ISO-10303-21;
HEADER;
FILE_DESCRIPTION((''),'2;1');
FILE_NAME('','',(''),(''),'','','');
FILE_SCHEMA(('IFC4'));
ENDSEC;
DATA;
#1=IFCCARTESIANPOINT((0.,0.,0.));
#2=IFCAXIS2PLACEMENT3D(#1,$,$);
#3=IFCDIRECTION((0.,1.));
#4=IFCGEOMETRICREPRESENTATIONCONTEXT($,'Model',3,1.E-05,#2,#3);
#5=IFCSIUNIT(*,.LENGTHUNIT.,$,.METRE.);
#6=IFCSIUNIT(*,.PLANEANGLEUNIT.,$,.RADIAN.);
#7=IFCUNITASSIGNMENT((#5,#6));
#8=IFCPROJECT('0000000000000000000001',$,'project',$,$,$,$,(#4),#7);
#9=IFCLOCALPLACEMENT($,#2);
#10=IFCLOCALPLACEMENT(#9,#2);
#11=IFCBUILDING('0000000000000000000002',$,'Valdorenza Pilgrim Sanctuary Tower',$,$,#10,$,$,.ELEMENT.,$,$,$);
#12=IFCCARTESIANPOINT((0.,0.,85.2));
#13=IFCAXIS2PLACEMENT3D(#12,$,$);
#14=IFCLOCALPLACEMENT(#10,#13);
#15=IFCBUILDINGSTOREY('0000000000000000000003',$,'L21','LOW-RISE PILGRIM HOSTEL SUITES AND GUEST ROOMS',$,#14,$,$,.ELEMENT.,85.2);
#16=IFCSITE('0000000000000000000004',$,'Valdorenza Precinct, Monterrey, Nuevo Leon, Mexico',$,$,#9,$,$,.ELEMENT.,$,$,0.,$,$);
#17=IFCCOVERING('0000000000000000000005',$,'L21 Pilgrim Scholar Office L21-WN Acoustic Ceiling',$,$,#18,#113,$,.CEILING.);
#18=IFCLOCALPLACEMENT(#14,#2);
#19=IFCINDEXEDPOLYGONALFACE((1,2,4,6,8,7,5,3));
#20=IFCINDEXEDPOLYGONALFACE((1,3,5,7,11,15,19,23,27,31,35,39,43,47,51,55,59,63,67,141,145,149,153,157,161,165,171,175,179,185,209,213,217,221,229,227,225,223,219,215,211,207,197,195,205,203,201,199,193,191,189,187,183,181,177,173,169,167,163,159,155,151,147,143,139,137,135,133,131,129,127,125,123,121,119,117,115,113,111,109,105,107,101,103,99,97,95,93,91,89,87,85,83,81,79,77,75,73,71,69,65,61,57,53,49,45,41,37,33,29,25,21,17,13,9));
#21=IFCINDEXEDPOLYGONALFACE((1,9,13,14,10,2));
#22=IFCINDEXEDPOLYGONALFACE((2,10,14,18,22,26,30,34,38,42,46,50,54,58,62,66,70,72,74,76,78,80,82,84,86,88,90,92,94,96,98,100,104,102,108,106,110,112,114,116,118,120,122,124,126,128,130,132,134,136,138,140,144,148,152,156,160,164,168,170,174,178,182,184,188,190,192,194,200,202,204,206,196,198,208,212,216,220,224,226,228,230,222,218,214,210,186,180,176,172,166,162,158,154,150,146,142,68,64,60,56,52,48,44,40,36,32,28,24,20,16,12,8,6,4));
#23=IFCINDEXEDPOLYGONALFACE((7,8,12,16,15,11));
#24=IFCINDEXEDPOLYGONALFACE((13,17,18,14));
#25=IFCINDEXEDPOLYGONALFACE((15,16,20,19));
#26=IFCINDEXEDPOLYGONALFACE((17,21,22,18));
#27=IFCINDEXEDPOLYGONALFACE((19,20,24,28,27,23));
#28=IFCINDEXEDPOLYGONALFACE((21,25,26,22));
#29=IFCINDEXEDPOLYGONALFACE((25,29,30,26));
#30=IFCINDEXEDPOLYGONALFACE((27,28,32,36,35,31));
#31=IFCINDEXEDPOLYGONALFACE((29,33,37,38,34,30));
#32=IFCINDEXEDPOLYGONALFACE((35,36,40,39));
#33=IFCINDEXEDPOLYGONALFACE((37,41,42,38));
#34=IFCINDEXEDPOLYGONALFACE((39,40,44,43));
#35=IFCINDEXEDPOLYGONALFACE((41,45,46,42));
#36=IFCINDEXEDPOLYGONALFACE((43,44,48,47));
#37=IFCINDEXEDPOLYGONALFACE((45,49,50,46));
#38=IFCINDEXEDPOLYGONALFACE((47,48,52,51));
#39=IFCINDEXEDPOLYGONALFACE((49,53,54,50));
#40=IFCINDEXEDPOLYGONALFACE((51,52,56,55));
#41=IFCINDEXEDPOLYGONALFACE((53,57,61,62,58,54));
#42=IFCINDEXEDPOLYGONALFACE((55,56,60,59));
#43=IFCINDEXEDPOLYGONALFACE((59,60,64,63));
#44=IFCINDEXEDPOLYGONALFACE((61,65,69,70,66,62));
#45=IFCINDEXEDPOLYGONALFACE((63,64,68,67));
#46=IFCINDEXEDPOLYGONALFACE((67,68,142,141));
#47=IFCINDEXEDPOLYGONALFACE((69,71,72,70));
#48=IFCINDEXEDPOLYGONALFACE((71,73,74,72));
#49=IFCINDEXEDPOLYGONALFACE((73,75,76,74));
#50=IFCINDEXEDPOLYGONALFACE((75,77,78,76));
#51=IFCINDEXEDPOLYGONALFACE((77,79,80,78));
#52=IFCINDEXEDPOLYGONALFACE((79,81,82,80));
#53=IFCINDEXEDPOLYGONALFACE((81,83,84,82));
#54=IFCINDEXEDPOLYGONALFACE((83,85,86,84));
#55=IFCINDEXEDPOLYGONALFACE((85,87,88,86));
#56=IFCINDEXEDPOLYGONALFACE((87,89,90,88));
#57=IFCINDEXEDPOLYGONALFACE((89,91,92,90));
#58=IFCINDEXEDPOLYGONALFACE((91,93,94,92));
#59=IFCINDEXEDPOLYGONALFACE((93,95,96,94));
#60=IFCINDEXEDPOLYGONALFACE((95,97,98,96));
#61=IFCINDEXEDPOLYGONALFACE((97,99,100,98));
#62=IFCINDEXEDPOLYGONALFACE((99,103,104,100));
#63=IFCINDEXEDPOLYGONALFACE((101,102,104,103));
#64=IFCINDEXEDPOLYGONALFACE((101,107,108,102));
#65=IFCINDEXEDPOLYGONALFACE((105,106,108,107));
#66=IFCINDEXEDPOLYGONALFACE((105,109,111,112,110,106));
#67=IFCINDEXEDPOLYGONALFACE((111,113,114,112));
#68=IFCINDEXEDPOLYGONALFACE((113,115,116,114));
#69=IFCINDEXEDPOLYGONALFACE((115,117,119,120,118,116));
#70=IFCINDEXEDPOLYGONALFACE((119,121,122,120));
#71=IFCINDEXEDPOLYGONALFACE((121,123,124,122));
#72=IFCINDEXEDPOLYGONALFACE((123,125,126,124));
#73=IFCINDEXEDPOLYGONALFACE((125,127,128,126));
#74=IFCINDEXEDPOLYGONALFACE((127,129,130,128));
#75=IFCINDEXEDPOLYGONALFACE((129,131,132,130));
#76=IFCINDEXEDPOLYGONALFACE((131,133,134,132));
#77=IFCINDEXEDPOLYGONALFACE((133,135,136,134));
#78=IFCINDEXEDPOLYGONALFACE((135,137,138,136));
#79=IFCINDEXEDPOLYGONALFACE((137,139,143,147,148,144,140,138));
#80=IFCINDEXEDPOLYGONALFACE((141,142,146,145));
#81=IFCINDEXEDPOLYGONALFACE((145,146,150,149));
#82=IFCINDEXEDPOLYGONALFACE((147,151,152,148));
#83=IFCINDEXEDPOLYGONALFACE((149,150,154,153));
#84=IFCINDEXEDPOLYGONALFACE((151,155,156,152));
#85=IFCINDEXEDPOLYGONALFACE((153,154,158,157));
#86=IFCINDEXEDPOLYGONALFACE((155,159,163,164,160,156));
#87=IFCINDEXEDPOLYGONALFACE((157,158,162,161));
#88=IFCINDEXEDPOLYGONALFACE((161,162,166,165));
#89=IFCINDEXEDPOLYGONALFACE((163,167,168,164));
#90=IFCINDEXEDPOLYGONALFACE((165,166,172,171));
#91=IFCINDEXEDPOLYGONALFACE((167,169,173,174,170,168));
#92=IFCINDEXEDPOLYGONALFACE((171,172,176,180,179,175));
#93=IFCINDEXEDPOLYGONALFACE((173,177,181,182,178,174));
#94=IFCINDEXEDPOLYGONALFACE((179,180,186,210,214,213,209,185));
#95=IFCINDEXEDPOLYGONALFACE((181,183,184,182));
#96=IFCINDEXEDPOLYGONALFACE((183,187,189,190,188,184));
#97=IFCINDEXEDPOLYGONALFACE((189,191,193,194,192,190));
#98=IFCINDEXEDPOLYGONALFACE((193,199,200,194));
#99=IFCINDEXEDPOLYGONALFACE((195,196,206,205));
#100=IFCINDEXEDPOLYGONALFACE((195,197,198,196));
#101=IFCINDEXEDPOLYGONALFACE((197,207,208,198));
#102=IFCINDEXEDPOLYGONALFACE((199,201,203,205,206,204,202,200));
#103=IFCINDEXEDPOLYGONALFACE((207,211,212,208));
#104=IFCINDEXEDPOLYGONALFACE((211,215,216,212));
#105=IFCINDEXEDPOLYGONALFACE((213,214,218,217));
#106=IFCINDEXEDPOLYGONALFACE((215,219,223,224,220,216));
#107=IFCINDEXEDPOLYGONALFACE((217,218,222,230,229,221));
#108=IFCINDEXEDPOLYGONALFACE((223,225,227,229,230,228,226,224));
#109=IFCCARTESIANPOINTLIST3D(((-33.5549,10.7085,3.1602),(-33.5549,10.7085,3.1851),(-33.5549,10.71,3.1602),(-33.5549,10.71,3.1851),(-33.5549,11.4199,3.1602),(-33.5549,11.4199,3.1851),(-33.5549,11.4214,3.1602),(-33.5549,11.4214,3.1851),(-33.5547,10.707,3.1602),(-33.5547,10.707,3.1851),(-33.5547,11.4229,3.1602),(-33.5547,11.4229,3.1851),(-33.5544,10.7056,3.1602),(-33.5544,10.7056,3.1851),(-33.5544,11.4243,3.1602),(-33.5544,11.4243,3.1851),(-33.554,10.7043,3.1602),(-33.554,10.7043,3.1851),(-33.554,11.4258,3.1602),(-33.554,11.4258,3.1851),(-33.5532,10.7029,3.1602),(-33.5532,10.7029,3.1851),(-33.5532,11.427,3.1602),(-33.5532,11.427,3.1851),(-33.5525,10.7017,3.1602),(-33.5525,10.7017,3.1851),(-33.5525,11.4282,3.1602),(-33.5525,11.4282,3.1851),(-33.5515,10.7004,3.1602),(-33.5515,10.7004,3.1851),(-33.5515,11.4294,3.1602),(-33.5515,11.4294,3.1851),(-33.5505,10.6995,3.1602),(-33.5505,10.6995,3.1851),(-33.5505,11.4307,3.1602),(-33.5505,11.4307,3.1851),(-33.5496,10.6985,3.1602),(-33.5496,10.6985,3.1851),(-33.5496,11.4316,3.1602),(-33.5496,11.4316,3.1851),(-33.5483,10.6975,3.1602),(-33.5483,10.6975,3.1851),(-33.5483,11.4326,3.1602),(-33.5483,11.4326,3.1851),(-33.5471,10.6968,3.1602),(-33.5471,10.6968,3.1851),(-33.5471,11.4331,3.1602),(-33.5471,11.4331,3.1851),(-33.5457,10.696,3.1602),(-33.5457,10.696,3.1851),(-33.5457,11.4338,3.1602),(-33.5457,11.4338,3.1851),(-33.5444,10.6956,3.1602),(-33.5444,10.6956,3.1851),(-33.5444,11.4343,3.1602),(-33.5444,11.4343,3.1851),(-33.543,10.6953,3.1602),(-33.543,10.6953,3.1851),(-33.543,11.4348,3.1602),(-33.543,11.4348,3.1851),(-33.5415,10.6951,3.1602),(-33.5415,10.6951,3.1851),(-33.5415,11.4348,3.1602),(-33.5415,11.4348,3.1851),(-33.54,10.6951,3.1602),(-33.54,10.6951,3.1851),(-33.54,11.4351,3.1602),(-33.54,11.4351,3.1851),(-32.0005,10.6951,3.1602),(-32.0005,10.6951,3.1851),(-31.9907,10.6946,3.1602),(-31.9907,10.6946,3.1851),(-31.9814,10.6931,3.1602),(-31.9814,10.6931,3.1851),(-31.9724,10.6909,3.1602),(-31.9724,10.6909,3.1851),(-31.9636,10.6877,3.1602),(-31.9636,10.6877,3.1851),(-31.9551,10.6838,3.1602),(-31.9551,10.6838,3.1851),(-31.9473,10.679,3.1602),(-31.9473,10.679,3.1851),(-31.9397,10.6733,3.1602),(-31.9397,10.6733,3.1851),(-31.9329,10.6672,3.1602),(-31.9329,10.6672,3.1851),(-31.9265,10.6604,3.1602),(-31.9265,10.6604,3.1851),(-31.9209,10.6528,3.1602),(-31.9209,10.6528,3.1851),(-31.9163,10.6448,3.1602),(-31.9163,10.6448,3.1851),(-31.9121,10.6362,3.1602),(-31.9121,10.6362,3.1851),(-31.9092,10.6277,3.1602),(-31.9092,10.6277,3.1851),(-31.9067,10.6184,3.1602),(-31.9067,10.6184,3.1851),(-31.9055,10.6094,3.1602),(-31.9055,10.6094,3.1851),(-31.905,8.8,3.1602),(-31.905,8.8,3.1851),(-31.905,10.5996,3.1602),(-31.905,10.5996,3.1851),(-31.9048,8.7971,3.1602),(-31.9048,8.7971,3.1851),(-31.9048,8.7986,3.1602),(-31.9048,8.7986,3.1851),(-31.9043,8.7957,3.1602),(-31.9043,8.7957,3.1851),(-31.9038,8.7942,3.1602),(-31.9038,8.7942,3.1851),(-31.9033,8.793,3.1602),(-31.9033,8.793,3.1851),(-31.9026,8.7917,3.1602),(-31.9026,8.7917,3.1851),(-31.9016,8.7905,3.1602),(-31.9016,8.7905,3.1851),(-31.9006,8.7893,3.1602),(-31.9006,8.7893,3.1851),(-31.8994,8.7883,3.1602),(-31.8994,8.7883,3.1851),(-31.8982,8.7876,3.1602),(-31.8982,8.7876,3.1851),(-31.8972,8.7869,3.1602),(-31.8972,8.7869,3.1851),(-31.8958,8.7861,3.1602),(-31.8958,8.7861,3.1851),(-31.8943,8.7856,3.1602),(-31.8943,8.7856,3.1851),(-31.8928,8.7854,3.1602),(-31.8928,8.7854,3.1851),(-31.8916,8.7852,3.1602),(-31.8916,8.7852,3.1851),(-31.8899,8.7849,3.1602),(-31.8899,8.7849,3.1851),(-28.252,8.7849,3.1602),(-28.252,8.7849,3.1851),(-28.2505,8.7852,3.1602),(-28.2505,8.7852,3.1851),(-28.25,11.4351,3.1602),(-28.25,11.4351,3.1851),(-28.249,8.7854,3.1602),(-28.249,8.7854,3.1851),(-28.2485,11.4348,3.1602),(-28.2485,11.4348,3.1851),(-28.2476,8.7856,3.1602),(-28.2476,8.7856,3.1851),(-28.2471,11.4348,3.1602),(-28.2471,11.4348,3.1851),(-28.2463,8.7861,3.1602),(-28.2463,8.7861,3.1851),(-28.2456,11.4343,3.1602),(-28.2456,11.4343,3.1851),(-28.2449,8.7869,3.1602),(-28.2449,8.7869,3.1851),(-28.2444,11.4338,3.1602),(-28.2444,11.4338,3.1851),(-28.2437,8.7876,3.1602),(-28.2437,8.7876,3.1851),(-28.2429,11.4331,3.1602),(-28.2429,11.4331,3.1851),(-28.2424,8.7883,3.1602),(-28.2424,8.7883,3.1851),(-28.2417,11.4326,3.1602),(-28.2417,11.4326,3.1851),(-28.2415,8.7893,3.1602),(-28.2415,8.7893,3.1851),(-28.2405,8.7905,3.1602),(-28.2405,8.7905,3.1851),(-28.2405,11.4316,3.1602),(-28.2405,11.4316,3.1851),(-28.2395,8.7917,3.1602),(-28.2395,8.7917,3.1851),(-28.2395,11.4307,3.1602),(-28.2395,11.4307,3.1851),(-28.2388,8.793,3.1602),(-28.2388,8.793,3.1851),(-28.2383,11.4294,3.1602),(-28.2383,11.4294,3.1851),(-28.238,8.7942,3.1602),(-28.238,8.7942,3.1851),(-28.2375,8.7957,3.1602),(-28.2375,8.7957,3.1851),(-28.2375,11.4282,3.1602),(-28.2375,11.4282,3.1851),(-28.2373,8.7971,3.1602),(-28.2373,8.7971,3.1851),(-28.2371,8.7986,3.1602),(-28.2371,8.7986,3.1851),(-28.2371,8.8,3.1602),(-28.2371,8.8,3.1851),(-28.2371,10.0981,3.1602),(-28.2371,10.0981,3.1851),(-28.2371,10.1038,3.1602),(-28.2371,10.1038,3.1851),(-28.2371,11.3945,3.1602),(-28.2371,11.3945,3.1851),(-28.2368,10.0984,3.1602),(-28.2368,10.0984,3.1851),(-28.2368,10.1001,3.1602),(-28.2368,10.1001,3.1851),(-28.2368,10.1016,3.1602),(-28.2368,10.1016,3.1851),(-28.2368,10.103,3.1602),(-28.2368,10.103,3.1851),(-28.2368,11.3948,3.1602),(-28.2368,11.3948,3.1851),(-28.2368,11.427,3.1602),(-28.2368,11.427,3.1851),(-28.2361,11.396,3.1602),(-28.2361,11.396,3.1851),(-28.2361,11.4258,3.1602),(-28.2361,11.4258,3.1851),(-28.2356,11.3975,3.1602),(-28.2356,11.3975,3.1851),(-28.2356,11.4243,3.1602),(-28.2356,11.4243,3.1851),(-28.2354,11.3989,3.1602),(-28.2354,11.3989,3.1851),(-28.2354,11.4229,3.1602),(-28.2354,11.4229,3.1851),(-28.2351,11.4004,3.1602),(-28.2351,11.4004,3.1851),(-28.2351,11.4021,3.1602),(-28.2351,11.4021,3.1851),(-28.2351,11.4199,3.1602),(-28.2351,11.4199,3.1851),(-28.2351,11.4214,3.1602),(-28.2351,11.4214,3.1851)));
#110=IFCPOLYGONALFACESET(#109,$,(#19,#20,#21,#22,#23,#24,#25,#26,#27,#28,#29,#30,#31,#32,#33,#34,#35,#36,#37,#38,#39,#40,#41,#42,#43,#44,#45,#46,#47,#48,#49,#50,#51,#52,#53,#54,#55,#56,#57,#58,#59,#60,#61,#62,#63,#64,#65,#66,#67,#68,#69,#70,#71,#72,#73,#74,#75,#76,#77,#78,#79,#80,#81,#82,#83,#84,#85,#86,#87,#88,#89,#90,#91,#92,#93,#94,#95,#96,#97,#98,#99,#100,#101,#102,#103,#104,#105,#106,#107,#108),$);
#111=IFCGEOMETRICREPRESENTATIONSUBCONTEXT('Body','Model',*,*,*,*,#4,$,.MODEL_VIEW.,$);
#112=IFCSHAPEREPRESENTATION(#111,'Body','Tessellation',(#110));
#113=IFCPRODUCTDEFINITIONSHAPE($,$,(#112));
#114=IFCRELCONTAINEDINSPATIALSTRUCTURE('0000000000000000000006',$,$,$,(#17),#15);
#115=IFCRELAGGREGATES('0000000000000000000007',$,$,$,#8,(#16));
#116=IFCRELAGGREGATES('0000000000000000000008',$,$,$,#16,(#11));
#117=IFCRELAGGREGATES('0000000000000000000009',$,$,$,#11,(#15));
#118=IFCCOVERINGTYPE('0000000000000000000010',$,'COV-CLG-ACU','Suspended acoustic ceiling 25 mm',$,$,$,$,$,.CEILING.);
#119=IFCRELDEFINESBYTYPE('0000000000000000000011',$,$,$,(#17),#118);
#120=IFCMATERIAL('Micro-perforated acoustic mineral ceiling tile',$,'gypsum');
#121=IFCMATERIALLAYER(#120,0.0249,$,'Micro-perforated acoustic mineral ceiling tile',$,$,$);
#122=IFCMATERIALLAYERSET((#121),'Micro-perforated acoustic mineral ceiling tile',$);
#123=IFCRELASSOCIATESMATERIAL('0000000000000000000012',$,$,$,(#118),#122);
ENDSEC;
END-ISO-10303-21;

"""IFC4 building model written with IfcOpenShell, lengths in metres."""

from ifc_helpers import new_model, si_unit, direction, frame, origin, place, context, subcontext, project, spatial, polyline, outline, extrude, material, layer, layer_set, type_object, element, save


model = new_model("IFC4")

# Units and contexts
model_context = context("Model", 3, precision=1e-05, world=origin(), true_north=direction((0.0, 1.0)))
body_context = subcontext(model_context, "Body", "Model", "MODEL_VIEW")
ifc_project = project(units=[si_unit("LENGTHUNIT", "METRE"), si_unit("PLANEANGLEUNIT", "RADIAN")], contexts=[model_context])

# Site, building, storey
site_placement = place(None, origin())
site = spatial("IfcSite", under=ifc_project, at=site_placement, Name="Valdorenza Precinct, Monterrey, Nuevo Leon, Mexico", CompositionType="ELEMENT", RefElevation=0.0)
building_placement = place(site_placement, origin())
building = spatial("IfcBuilding", under=site, at=building_placement, Name="Valdorenza Pilgrim Sanctuary Tower", CompositionType="ELEMENT")
storey_placement = place(building_placement, frame((0.0, 0.0, 85.2)))
storey = spatial("IfcBuildingStorey", under=building, at=storey_placement, Name="L21", Description="LOW-RISE PILGRIM HOSTEL SUITES AND GUEST ROOMS", CompositionType="ELEMENT", Elevation=85.2)

# Covering
ifc_material_1 = material(Name="Micro-perforated acoustic mineral ceiling tile", Category="gypsum")
ifc_layer_1 = layer(ifc_material_1, 0.0249, Name="Micro-perforated acoustic mineral ceiling tile")
ifc_layer_set_1 = layer_set([ifc_layer_1], Name="Micro-perforated acoustic mineral ceiling tile")
covering_type_1 = type_object("IfcCoveringType", Name="COV-CLG-ACU", Description="Suspended acoustic ceiling 25 mm", PredefinedType="CEILING", material=ifc_layer_set_1)
covering_1_placement = place(storey_placement, frame((0.0, 0.0, 3.1602)))
element("IfcCovering", 1, at=covering_1_placement, inside=storey, type_object=covering_type_1, Name="L21 Pilgrim Scholar Office L21-WN Acoustic Ceiling", PredefinedType="CEILING", context=body_context, shape_type="SweptSolid", body=[
    extrude(outline(polyline([(-28.2371, 11.3945), (-28.2371, 10.1038), (-28.2368, 10.103), (-28.2368, 10.1016), (-28.2368, 10.1001), (-28.2368, 10.0984), (-28.2371, 10.0981), (-28.2371, 8.8), (-28.2371, 8.7986), (-28.2373, 8.7971), (-28.2375, 8.7957), (-28.238, 8.7942), (-28.2388, 8.793), (-28.2395, 8.7917), (-28.2405, 8.7905), (-28.2415, 8.7893), (-28.2424, 8.7883), (-28.2437, 8.7876), (-28.2449, 8.7869), (-28.2463, 8.7861), (-28.2476, 8.7856), (-28.249, 8.7854), (-28.2505, 8.7852), (-28.252, 8.7849), (-31.8899, 8.7849), (-31.8916, 8.7852), (-31.8928, 8.7854), (-31.8943, 8.7856), (-31.8958, 8.7861), (-31.8972, 8.7869), (-31.8982, 8.7876), (-31.8994, 8.7883), (-31.9006, 8.7893), (-31.9016, 8.7905), (-31.9026, 8.7917), (-31.9033, 8.793), (-31.9038, 8.7942), (-31.9043, 8.7957), (-31.9048, 8.7971), (-31.9048, 8.7986), (-31.905, 8.8), (-31.905, 10.5996), (-31.9055, 10.6094), (-31.9067, 10.6184), (-31.9092, 10.6277), (-31.9121, 10.6362), (-31.9163, 10.6448), (-31.9209, 10.6528), (-31.9265, 10.6604), (-31.9329, 10.6672), (-31.9397, 10.6733), (-31.9473, 10.679), (-31.9551, 10.6838), (-31.9636, 10.6877), (-31.9724, 10.6909), (-31.9814, 10.6931), (-31.9907, 10.6946), (-32.0005, 10.6951), (-33.54, 10.6951), (-33.5415, 10.6951), (-33.543, 10.6953), (-33.5444, 10.6956), (-33.5457, 10.696), (-33.5471, 10.6968), (-33.5483, 10.6975), (-33.5496, 10.6985), (-33.5505, 10.6995), (-33.5515, 10.7004), (-33.5525, 10.7017), (-33.5532, 10.7029), (-33.554, 10.7043), (-33.5544, 10.7056), (-33.5547, 10.707), (-33.5549, 10.7085), (-33.5549, 10.71), (-33.5549, 11.4199), (-33.5549, 11.4214), (-33.5547, 11.4229), (-33.5544, 11.4243), (-33.554, 11.4258), (-33.5532, 11.427), (-33.5525, 11.4282), (-33.5515, 11.4294), (-33.5505, 11.4307), (-33.5496, 11.4316), (-33.5483, 11.4326), (-33.5471, 11.4331), (-33.5457, 11.4338), (-33.5444, 11.4343), (-33.543, 11.4348), (-33.5415, 11.4348), (-33.54, 11.4351), (-28.25, 11.4351), (-28.2485, 11.4348), (-28.2471, 11.4348), (-28.2456, 11.4343), (-28.2444, 11.4338), (-28.2429, 11.4331), (-28.2417, 11.4326), (-28.2405, 11.4316), (-28.2395, 11.4307), (-28.2383, 11.4294), (-28.2375, 11.4282), (-28.2368, 11.427), (-28.2361, 11.4258), (-28.2356, 11.4243), (-28.2354, 11.4229), (-28.2351, 11.4214), (-28.2351, 11.4199), (-28.2351, 11.4021), (-28.2351, 11.4004), (-28.2354, 11.3989), (-28.2356, 11.3975), (-28.2361, 11.396), (-28.2368, 11.3948), (-28.2371, 11.3945)])), origin(), (0.0, 0.0, 1.0), 0.0249),
])

save(model, "model.ifc")
